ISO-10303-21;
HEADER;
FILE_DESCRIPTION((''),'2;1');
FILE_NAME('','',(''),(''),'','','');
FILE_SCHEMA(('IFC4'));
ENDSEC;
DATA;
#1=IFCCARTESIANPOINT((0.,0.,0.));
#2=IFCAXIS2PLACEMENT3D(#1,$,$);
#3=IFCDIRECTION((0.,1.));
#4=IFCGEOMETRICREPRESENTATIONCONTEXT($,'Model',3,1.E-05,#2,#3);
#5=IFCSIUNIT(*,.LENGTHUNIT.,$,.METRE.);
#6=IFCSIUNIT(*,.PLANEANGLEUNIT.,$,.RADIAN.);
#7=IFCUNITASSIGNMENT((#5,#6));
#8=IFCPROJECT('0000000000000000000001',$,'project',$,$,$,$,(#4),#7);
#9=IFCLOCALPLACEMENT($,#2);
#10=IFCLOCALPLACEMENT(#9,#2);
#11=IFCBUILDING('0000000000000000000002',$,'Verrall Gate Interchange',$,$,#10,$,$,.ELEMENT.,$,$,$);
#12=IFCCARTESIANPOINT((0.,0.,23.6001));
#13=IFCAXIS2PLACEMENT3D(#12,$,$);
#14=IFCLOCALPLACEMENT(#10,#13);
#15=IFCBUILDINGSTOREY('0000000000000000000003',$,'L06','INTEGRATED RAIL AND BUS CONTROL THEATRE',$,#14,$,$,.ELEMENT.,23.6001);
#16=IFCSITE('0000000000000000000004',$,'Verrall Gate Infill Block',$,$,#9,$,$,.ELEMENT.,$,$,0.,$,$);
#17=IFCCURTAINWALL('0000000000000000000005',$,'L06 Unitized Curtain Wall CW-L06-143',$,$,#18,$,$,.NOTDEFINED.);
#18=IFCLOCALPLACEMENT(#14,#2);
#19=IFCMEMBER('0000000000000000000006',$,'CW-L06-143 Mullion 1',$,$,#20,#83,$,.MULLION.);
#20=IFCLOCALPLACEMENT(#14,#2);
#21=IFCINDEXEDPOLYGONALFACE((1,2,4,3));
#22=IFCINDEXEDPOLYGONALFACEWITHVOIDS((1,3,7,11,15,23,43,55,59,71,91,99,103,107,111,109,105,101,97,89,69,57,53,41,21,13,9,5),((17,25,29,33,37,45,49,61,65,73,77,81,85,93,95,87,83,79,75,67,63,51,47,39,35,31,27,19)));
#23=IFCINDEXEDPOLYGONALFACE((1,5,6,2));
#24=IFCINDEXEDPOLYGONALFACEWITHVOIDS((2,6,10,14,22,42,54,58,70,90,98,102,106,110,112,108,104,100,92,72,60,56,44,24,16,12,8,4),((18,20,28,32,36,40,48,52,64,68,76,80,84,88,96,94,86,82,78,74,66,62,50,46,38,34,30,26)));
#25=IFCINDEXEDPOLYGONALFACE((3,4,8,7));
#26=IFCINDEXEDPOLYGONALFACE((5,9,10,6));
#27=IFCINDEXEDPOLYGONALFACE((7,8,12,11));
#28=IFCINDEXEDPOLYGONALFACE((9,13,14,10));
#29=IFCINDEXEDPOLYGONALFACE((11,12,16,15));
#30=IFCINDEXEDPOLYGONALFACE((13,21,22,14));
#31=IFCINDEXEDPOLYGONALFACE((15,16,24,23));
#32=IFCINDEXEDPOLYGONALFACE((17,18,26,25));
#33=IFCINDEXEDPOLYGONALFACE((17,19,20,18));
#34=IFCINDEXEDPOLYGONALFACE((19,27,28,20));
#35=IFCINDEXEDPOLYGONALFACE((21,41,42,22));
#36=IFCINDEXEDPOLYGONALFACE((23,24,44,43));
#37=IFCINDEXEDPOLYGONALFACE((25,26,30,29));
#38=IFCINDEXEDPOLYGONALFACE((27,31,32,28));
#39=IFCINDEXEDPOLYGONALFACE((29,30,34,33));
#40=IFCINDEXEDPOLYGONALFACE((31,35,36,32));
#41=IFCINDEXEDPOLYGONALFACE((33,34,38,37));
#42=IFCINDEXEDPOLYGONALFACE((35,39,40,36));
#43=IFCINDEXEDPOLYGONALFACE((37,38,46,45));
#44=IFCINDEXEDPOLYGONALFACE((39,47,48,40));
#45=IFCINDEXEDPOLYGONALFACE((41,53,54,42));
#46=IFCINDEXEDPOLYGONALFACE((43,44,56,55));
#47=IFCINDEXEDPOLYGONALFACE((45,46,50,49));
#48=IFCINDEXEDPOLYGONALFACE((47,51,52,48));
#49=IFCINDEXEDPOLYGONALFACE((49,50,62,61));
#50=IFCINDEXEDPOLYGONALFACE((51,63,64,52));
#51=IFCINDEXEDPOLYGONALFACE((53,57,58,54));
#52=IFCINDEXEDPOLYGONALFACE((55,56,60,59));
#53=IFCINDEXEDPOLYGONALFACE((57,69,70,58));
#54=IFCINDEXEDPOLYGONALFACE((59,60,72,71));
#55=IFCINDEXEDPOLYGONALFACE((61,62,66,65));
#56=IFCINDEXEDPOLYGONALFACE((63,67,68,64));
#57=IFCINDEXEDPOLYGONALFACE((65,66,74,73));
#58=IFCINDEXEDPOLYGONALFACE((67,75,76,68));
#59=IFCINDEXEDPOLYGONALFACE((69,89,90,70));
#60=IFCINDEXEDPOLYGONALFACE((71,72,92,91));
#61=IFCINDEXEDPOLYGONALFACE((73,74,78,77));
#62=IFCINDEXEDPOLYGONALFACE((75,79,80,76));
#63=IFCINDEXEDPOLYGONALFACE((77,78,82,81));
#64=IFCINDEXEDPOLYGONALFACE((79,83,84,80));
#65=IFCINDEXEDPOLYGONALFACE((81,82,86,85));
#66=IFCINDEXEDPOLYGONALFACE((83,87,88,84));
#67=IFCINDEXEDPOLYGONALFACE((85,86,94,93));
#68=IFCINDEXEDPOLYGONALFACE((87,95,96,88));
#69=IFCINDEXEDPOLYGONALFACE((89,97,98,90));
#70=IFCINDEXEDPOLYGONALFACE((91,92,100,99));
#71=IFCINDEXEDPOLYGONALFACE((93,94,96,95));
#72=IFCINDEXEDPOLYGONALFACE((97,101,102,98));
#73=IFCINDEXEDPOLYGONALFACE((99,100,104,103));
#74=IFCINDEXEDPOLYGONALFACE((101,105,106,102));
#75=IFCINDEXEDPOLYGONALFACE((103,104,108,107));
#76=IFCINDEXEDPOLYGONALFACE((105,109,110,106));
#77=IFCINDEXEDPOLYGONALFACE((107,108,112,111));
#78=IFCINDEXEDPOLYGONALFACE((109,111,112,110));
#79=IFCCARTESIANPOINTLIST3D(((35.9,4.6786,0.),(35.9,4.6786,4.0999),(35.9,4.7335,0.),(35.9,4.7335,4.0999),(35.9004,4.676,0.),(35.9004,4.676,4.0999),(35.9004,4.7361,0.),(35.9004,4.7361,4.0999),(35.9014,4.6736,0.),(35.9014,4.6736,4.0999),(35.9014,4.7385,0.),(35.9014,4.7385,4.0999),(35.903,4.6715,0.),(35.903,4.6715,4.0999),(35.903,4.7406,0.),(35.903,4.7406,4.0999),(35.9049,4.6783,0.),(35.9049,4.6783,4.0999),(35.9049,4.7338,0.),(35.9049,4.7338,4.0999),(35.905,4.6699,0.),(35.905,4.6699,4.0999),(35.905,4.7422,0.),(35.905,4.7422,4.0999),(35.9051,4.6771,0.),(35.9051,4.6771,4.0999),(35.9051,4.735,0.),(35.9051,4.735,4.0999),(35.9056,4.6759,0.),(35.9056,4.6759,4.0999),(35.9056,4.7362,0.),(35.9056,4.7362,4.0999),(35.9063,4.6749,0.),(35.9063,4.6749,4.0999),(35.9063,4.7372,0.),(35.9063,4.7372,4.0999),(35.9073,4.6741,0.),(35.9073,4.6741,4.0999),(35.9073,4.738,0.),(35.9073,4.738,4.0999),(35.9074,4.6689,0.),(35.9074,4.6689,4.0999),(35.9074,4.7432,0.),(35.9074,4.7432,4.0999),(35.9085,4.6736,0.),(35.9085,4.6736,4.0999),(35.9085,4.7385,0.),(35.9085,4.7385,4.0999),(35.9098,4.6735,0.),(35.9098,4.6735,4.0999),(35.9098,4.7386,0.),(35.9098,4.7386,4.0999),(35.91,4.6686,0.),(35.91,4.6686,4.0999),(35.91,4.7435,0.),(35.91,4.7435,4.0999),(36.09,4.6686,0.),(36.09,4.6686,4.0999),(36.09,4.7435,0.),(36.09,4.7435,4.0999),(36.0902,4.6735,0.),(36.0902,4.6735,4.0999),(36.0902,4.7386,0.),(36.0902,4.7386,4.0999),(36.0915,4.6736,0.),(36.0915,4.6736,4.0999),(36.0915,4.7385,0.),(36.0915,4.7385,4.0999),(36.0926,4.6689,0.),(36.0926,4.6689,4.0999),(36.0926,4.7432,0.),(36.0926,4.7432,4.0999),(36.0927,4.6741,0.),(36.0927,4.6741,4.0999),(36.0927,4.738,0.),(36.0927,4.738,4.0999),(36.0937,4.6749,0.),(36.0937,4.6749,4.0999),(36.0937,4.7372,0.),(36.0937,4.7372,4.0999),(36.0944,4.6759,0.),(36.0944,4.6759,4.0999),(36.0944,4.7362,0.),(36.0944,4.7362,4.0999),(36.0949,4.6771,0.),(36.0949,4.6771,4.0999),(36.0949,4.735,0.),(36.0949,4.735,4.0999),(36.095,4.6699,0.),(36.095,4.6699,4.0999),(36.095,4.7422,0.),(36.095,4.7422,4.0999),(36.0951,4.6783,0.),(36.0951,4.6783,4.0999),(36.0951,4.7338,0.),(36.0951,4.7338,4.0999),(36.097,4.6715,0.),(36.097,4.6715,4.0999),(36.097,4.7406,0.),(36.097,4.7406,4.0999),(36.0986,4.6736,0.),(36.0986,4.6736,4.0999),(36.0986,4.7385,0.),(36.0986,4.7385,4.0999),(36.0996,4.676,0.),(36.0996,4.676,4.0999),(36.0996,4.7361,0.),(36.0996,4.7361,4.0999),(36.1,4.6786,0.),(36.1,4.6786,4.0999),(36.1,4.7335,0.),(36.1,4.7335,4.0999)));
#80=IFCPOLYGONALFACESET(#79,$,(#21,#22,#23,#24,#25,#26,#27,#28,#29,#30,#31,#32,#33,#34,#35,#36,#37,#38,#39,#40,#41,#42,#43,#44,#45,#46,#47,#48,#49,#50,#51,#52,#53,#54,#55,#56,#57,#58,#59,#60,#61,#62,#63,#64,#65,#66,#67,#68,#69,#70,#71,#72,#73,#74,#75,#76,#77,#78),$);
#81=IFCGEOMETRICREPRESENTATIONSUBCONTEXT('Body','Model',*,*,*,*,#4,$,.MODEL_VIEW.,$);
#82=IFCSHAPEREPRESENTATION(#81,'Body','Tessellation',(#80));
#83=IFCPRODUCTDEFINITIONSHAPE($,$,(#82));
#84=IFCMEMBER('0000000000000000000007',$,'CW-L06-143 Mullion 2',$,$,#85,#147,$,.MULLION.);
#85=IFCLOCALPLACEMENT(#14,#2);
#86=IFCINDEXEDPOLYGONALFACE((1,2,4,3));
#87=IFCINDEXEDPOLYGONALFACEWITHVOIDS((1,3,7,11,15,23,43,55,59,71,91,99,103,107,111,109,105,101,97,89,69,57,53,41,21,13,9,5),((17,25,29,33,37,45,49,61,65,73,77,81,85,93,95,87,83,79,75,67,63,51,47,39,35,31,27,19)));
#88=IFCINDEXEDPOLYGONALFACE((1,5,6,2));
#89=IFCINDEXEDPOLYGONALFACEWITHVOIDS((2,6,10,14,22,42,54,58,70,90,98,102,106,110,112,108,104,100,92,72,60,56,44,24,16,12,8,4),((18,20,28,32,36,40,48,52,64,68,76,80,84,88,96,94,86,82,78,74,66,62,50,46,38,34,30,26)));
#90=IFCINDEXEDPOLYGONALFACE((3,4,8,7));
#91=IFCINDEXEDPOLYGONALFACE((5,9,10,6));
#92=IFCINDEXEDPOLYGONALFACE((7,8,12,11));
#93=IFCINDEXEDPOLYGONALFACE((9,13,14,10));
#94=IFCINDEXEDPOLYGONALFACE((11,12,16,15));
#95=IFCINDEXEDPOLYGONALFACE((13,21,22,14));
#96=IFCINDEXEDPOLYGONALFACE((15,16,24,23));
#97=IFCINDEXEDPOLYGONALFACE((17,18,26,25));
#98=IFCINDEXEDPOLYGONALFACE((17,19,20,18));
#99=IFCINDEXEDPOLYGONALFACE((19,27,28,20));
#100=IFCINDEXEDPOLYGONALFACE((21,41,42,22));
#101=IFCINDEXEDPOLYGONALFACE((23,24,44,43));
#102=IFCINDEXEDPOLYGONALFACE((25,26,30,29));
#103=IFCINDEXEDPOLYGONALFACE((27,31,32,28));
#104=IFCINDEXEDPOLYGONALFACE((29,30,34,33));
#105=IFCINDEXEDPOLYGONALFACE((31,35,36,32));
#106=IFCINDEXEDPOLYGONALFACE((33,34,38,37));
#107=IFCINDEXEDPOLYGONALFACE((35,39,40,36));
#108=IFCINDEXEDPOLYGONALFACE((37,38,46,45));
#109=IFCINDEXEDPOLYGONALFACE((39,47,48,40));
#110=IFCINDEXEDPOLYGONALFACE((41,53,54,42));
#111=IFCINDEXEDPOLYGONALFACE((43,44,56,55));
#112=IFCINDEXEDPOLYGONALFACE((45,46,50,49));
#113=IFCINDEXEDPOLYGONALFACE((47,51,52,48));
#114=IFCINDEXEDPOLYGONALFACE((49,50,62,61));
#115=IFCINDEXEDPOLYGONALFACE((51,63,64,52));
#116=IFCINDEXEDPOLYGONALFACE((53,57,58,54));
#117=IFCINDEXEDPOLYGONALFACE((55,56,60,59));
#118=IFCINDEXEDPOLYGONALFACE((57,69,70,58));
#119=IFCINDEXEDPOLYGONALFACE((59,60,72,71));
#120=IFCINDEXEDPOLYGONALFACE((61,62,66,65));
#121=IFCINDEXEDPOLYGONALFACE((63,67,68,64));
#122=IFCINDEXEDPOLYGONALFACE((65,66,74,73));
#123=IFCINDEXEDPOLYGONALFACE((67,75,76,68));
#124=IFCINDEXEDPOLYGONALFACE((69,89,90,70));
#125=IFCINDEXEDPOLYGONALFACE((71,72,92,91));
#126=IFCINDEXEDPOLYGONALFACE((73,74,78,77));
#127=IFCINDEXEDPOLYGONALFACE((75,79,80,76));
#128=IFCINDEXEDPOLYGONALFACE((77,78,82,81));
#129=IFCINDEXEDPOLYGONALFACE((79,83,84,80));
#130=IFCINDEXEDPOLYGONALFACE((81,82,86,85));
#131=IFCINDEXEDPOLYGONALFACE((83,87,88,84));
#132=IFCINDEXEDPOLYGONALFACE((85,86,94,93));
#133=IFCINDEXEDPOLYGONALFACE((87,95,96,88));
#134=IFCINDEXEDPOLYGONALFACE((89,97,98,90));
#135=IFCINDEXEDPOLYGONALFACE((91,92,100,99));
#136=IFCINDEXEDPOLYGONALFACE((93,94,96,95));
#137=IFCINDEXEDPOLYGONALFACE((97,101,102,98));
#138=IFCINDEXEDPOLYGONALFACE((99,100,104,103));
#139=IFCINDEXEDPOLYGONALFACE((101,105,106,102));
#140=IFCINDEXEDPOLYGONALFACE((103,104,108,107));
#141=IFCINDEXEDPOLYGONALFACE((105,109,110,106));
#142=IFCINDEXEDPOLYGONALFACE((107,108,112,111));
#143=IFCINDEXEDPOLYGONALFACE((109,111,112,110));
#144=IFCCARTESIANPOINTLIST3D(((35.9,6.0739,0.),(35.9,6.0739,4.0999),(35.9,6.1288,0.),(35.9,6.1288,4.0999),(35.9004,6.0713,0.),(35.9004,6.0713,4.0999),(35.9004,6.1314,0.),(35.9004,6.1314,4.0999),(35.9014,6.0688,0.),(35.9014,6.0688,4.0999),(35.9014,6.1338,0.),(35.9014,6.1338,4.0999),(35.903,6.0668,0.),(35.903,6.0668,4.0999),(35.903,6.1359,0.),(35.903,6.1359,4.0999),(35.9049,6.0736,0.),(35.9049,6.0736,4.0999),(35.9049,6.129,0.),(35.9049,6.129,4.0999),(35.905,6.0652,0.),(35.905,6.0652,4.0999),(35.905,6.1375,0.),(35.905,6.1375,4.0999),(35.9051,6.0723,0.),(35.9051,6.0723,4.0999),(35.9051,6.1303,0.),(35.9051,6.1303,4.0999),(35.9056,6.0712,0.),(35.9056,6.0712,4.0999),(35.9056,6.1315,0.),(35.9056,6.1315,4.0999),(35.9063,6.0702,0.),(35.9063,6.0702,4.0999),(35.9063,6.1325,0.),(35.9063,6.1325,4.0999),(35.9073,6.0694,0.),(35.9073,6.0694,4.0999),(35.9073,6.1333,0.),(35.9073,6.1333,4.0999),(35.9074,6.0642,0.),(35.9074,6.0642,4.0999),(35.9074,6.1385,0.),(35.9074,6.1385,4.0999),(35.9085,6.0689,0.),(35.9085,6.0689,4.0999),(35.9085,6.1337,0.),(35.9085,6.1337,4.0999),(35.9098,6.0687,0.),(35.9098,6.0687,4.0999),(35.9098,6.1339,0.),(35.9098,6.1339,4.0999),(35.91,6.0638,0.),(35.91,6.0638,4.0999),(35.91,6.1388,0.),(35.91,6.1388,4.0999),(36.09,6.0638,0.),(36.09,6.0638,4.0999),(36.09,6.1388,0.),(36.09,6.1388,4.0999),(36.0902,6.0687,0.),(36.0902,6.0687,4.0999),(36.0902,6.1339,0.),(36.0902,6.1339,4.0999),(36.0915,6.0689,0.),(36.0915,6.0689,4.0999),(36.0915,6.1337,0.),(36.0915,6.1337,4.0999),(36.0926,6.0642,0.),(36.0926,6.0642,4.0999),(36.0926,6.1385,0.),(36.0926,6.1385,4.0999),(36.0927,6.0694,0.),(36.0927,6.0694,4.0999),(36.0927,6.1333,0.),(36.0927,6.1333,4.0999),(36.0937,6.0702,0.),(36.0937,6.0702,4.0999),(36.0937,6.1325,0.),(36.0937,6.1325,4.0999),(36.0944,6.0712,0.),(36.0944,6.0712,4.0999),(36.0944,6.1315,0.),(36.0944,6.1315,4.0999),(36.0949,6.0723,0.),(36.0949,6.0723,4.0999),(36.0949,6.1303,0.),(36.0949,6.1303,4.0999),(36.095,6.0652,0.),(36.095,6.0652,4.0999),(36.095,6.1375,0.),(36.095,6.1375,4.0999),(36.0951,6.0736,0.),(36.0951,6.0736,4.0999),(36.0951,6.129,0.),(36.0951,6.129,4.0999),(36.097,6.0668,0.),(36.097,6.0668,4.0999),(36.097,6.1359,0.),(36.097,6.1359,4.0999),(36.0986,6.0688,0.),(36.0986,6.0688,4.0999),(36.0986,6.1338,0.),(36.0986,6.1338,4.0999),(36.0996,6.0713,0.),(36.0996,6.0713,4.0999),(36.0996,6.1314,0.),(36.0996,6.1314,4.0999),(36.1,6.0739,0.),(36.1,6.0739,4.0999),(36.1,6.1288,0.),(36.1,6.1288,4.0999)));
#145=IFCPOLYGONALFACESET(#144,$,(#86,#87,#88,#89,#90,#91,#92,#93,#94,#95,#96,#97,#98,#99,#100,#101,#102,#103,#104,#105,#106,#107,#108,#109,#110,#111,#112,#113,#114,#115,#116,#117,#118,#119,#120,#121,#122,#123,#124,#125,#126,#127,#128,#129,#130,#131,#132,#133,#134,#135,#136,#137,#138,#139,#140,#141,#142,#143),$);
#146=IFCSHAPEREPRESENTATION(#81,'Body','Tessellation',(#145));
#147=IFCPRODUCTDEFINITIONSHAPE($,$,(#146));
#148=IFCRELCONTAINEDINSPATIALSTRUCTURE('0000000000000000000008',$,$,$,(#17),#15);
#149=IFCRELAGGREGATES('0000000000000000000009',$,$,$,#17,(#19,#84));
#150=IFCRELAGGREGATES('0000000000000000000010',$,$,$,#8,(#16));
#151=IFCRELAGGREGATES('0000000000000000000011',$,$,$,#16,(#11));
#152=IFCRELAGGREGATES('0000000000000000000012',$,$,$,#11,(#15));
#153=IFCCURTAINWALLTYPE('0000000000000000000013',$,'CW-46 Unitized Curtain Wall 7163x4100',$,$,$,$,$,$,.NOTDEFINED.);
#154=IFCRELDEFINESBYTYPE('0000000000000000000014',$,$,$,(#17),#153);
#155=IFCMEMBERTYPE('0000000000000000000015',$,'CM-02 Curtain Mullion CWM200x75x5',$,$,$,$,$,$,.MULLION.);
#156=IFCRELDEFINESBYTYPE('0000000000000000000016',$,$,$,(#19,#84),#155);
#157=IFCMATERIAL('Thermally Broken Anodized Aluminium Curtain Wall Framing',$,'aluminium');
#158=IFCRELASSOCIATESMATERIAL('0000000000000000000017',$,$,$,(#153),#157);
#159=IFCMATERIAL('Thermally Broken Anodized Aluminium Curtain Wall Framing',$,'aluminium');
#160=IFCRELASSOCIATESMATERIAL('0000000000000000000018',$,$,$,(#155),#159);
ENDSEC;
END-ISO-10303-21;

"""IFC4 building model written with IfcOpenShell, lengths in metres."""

from ifc_helpers import new_model, si_unit, direction, frame, origin, origin_2d, place, context, subcontext, project, spatial, hollow_rectangle, extrude, material, material_profile, profile_set, type_object, element, aggregate, save


model = new_model("IFC4")

# Units and contexts
model_context = context("Model", 3, precision=1e-05, world=origin(), true_north=direction((0.0, 1.0)))
body_context = subcontext(model_context, "Body", "Model", "MODEL_VIEW")
ifc_project = project(units=[si_unit("LENGTHUNIT", "METRE"), si_unit("PLANEANGLEUNIT", "RADIAN")], contexts=[model_context])

# Site, building, storey
site_placement = place(None, origin())
site = spatial("IfcSite", under=ifc_project, at=site_placement, Name="Verrall Gate Infill Block", CompositionType="ELEMENT", RefElevation=0.0)
building_placement = place(site_placement, origin())
building = spatial("IfcBuilding", under=site, at=building_placement, Name="Verrall Gate Interchange", CompositionType="ELEMENT")
storey_placement = place(building_placement, frame((0.0, 0.0, 23.6001)))
storey = spatial("IfcBuildingStorey", under=building, at=storey_placement, Name="L06", Description="INTEGRATED RAIL AND BUS CONTROL THEATRE", CompositionType="ELEMENT", Elevation=23.6001)

# Curtain wall, members
ifc_material_1 = material(Name="Thermally Broken Anodized Aluminium Curtain Wall Framing", Category="aluminium")
curtain_wall_type_1 = type_object("IfcCurtainWallType", Name="CW-46 Unitized Curtain Wall 7163x4100", PredefinedType="NOTDEFINED", material=ifc_material_1)
curtain_wall_1_placement = place(storey_placement, origin())
curtain_wall_1 = element("IfcCurtainWall", 1, at=curtain_wall_1_placement, inside=storey, type_object=curtain_wall_type_1, Name="L06 Unitized Curtain Wall CW-L06-143", PredefinedType="NOTDEFINED")
ifc_material_2 = material(Name="Thermally Broken Anodized Aluminium Curtain Wall Framing", Category="aluminium")
ifc_material_profile_1 = material_profile(ifc_material_2, hollow_rectangle(XDim=0.075, YDim=0.2, WallThickness=0.0049, InnerFilletRadius=0.0049, OuterFilletRadius=0.01, at=origin_2d()), Name="CWM200x75x5")
ifc_profile_set_1 = profile_set([ifc_material_profile_1], Name="Thermally Broken Anodized Aluminium Curtain Wall Framing")
member_type_1 = type_object("IfcMemberType", Name="CM-02 Curtain Mullion CWM200x75x5", PredefinedType="MULLION", material=ifc_profile_set_1)
member_1_placement = place(storey_placement, frame((36.0, 4.7061, 0.0), z_axis=(0.0, 0.0, 1.0), x_axis=(0.0, 1.0, 0.0)))
member_1 = element("IfcMember", 2, at=member_1_placement, type_object=member_type_1, Name="CW-L06-143 Mullion 1", PredefinedType="MULLION", context=body_context, shape_type="SweptSolid", body=[
    extrude(hollow_rectangle(XDim=0.075, YDim=0.2, WallThickness=0.0049, InnerFilletRadius=0.0049, OuterFilletRadius=0.01, at=origin_2d()), origin(), (0.0, 0.0, 1.0), 4.0999),
])
member_2_placement = place(storey_placement, frame((36.0, 6.1013, 0.0), z_axis=(0.0, 0.0, 1.0), x_axis=(0.0, 1.0, 0.0)))
member_2 = element("IfcMember", 3, at=member_2_placement, type_object=member_type_1, Name="CW-L06-143 Mullion 2", PredefinedType="MULLION", context=body_context, shape_type="SweptSolid", body=[
    extrude(hollow_rectangle(XDim=0.075, YDim=0.2, WallThickness=0.0049, InnerFilletRadius=0.0049, OuterFilletRadius=0.01, at=origin_2d()), origin(), (0.0, 0.0, 1.0), 4.0999),
])

aggregate(curtain_wall_1, [member_1, member_2])

save(model, "model.ifc")
